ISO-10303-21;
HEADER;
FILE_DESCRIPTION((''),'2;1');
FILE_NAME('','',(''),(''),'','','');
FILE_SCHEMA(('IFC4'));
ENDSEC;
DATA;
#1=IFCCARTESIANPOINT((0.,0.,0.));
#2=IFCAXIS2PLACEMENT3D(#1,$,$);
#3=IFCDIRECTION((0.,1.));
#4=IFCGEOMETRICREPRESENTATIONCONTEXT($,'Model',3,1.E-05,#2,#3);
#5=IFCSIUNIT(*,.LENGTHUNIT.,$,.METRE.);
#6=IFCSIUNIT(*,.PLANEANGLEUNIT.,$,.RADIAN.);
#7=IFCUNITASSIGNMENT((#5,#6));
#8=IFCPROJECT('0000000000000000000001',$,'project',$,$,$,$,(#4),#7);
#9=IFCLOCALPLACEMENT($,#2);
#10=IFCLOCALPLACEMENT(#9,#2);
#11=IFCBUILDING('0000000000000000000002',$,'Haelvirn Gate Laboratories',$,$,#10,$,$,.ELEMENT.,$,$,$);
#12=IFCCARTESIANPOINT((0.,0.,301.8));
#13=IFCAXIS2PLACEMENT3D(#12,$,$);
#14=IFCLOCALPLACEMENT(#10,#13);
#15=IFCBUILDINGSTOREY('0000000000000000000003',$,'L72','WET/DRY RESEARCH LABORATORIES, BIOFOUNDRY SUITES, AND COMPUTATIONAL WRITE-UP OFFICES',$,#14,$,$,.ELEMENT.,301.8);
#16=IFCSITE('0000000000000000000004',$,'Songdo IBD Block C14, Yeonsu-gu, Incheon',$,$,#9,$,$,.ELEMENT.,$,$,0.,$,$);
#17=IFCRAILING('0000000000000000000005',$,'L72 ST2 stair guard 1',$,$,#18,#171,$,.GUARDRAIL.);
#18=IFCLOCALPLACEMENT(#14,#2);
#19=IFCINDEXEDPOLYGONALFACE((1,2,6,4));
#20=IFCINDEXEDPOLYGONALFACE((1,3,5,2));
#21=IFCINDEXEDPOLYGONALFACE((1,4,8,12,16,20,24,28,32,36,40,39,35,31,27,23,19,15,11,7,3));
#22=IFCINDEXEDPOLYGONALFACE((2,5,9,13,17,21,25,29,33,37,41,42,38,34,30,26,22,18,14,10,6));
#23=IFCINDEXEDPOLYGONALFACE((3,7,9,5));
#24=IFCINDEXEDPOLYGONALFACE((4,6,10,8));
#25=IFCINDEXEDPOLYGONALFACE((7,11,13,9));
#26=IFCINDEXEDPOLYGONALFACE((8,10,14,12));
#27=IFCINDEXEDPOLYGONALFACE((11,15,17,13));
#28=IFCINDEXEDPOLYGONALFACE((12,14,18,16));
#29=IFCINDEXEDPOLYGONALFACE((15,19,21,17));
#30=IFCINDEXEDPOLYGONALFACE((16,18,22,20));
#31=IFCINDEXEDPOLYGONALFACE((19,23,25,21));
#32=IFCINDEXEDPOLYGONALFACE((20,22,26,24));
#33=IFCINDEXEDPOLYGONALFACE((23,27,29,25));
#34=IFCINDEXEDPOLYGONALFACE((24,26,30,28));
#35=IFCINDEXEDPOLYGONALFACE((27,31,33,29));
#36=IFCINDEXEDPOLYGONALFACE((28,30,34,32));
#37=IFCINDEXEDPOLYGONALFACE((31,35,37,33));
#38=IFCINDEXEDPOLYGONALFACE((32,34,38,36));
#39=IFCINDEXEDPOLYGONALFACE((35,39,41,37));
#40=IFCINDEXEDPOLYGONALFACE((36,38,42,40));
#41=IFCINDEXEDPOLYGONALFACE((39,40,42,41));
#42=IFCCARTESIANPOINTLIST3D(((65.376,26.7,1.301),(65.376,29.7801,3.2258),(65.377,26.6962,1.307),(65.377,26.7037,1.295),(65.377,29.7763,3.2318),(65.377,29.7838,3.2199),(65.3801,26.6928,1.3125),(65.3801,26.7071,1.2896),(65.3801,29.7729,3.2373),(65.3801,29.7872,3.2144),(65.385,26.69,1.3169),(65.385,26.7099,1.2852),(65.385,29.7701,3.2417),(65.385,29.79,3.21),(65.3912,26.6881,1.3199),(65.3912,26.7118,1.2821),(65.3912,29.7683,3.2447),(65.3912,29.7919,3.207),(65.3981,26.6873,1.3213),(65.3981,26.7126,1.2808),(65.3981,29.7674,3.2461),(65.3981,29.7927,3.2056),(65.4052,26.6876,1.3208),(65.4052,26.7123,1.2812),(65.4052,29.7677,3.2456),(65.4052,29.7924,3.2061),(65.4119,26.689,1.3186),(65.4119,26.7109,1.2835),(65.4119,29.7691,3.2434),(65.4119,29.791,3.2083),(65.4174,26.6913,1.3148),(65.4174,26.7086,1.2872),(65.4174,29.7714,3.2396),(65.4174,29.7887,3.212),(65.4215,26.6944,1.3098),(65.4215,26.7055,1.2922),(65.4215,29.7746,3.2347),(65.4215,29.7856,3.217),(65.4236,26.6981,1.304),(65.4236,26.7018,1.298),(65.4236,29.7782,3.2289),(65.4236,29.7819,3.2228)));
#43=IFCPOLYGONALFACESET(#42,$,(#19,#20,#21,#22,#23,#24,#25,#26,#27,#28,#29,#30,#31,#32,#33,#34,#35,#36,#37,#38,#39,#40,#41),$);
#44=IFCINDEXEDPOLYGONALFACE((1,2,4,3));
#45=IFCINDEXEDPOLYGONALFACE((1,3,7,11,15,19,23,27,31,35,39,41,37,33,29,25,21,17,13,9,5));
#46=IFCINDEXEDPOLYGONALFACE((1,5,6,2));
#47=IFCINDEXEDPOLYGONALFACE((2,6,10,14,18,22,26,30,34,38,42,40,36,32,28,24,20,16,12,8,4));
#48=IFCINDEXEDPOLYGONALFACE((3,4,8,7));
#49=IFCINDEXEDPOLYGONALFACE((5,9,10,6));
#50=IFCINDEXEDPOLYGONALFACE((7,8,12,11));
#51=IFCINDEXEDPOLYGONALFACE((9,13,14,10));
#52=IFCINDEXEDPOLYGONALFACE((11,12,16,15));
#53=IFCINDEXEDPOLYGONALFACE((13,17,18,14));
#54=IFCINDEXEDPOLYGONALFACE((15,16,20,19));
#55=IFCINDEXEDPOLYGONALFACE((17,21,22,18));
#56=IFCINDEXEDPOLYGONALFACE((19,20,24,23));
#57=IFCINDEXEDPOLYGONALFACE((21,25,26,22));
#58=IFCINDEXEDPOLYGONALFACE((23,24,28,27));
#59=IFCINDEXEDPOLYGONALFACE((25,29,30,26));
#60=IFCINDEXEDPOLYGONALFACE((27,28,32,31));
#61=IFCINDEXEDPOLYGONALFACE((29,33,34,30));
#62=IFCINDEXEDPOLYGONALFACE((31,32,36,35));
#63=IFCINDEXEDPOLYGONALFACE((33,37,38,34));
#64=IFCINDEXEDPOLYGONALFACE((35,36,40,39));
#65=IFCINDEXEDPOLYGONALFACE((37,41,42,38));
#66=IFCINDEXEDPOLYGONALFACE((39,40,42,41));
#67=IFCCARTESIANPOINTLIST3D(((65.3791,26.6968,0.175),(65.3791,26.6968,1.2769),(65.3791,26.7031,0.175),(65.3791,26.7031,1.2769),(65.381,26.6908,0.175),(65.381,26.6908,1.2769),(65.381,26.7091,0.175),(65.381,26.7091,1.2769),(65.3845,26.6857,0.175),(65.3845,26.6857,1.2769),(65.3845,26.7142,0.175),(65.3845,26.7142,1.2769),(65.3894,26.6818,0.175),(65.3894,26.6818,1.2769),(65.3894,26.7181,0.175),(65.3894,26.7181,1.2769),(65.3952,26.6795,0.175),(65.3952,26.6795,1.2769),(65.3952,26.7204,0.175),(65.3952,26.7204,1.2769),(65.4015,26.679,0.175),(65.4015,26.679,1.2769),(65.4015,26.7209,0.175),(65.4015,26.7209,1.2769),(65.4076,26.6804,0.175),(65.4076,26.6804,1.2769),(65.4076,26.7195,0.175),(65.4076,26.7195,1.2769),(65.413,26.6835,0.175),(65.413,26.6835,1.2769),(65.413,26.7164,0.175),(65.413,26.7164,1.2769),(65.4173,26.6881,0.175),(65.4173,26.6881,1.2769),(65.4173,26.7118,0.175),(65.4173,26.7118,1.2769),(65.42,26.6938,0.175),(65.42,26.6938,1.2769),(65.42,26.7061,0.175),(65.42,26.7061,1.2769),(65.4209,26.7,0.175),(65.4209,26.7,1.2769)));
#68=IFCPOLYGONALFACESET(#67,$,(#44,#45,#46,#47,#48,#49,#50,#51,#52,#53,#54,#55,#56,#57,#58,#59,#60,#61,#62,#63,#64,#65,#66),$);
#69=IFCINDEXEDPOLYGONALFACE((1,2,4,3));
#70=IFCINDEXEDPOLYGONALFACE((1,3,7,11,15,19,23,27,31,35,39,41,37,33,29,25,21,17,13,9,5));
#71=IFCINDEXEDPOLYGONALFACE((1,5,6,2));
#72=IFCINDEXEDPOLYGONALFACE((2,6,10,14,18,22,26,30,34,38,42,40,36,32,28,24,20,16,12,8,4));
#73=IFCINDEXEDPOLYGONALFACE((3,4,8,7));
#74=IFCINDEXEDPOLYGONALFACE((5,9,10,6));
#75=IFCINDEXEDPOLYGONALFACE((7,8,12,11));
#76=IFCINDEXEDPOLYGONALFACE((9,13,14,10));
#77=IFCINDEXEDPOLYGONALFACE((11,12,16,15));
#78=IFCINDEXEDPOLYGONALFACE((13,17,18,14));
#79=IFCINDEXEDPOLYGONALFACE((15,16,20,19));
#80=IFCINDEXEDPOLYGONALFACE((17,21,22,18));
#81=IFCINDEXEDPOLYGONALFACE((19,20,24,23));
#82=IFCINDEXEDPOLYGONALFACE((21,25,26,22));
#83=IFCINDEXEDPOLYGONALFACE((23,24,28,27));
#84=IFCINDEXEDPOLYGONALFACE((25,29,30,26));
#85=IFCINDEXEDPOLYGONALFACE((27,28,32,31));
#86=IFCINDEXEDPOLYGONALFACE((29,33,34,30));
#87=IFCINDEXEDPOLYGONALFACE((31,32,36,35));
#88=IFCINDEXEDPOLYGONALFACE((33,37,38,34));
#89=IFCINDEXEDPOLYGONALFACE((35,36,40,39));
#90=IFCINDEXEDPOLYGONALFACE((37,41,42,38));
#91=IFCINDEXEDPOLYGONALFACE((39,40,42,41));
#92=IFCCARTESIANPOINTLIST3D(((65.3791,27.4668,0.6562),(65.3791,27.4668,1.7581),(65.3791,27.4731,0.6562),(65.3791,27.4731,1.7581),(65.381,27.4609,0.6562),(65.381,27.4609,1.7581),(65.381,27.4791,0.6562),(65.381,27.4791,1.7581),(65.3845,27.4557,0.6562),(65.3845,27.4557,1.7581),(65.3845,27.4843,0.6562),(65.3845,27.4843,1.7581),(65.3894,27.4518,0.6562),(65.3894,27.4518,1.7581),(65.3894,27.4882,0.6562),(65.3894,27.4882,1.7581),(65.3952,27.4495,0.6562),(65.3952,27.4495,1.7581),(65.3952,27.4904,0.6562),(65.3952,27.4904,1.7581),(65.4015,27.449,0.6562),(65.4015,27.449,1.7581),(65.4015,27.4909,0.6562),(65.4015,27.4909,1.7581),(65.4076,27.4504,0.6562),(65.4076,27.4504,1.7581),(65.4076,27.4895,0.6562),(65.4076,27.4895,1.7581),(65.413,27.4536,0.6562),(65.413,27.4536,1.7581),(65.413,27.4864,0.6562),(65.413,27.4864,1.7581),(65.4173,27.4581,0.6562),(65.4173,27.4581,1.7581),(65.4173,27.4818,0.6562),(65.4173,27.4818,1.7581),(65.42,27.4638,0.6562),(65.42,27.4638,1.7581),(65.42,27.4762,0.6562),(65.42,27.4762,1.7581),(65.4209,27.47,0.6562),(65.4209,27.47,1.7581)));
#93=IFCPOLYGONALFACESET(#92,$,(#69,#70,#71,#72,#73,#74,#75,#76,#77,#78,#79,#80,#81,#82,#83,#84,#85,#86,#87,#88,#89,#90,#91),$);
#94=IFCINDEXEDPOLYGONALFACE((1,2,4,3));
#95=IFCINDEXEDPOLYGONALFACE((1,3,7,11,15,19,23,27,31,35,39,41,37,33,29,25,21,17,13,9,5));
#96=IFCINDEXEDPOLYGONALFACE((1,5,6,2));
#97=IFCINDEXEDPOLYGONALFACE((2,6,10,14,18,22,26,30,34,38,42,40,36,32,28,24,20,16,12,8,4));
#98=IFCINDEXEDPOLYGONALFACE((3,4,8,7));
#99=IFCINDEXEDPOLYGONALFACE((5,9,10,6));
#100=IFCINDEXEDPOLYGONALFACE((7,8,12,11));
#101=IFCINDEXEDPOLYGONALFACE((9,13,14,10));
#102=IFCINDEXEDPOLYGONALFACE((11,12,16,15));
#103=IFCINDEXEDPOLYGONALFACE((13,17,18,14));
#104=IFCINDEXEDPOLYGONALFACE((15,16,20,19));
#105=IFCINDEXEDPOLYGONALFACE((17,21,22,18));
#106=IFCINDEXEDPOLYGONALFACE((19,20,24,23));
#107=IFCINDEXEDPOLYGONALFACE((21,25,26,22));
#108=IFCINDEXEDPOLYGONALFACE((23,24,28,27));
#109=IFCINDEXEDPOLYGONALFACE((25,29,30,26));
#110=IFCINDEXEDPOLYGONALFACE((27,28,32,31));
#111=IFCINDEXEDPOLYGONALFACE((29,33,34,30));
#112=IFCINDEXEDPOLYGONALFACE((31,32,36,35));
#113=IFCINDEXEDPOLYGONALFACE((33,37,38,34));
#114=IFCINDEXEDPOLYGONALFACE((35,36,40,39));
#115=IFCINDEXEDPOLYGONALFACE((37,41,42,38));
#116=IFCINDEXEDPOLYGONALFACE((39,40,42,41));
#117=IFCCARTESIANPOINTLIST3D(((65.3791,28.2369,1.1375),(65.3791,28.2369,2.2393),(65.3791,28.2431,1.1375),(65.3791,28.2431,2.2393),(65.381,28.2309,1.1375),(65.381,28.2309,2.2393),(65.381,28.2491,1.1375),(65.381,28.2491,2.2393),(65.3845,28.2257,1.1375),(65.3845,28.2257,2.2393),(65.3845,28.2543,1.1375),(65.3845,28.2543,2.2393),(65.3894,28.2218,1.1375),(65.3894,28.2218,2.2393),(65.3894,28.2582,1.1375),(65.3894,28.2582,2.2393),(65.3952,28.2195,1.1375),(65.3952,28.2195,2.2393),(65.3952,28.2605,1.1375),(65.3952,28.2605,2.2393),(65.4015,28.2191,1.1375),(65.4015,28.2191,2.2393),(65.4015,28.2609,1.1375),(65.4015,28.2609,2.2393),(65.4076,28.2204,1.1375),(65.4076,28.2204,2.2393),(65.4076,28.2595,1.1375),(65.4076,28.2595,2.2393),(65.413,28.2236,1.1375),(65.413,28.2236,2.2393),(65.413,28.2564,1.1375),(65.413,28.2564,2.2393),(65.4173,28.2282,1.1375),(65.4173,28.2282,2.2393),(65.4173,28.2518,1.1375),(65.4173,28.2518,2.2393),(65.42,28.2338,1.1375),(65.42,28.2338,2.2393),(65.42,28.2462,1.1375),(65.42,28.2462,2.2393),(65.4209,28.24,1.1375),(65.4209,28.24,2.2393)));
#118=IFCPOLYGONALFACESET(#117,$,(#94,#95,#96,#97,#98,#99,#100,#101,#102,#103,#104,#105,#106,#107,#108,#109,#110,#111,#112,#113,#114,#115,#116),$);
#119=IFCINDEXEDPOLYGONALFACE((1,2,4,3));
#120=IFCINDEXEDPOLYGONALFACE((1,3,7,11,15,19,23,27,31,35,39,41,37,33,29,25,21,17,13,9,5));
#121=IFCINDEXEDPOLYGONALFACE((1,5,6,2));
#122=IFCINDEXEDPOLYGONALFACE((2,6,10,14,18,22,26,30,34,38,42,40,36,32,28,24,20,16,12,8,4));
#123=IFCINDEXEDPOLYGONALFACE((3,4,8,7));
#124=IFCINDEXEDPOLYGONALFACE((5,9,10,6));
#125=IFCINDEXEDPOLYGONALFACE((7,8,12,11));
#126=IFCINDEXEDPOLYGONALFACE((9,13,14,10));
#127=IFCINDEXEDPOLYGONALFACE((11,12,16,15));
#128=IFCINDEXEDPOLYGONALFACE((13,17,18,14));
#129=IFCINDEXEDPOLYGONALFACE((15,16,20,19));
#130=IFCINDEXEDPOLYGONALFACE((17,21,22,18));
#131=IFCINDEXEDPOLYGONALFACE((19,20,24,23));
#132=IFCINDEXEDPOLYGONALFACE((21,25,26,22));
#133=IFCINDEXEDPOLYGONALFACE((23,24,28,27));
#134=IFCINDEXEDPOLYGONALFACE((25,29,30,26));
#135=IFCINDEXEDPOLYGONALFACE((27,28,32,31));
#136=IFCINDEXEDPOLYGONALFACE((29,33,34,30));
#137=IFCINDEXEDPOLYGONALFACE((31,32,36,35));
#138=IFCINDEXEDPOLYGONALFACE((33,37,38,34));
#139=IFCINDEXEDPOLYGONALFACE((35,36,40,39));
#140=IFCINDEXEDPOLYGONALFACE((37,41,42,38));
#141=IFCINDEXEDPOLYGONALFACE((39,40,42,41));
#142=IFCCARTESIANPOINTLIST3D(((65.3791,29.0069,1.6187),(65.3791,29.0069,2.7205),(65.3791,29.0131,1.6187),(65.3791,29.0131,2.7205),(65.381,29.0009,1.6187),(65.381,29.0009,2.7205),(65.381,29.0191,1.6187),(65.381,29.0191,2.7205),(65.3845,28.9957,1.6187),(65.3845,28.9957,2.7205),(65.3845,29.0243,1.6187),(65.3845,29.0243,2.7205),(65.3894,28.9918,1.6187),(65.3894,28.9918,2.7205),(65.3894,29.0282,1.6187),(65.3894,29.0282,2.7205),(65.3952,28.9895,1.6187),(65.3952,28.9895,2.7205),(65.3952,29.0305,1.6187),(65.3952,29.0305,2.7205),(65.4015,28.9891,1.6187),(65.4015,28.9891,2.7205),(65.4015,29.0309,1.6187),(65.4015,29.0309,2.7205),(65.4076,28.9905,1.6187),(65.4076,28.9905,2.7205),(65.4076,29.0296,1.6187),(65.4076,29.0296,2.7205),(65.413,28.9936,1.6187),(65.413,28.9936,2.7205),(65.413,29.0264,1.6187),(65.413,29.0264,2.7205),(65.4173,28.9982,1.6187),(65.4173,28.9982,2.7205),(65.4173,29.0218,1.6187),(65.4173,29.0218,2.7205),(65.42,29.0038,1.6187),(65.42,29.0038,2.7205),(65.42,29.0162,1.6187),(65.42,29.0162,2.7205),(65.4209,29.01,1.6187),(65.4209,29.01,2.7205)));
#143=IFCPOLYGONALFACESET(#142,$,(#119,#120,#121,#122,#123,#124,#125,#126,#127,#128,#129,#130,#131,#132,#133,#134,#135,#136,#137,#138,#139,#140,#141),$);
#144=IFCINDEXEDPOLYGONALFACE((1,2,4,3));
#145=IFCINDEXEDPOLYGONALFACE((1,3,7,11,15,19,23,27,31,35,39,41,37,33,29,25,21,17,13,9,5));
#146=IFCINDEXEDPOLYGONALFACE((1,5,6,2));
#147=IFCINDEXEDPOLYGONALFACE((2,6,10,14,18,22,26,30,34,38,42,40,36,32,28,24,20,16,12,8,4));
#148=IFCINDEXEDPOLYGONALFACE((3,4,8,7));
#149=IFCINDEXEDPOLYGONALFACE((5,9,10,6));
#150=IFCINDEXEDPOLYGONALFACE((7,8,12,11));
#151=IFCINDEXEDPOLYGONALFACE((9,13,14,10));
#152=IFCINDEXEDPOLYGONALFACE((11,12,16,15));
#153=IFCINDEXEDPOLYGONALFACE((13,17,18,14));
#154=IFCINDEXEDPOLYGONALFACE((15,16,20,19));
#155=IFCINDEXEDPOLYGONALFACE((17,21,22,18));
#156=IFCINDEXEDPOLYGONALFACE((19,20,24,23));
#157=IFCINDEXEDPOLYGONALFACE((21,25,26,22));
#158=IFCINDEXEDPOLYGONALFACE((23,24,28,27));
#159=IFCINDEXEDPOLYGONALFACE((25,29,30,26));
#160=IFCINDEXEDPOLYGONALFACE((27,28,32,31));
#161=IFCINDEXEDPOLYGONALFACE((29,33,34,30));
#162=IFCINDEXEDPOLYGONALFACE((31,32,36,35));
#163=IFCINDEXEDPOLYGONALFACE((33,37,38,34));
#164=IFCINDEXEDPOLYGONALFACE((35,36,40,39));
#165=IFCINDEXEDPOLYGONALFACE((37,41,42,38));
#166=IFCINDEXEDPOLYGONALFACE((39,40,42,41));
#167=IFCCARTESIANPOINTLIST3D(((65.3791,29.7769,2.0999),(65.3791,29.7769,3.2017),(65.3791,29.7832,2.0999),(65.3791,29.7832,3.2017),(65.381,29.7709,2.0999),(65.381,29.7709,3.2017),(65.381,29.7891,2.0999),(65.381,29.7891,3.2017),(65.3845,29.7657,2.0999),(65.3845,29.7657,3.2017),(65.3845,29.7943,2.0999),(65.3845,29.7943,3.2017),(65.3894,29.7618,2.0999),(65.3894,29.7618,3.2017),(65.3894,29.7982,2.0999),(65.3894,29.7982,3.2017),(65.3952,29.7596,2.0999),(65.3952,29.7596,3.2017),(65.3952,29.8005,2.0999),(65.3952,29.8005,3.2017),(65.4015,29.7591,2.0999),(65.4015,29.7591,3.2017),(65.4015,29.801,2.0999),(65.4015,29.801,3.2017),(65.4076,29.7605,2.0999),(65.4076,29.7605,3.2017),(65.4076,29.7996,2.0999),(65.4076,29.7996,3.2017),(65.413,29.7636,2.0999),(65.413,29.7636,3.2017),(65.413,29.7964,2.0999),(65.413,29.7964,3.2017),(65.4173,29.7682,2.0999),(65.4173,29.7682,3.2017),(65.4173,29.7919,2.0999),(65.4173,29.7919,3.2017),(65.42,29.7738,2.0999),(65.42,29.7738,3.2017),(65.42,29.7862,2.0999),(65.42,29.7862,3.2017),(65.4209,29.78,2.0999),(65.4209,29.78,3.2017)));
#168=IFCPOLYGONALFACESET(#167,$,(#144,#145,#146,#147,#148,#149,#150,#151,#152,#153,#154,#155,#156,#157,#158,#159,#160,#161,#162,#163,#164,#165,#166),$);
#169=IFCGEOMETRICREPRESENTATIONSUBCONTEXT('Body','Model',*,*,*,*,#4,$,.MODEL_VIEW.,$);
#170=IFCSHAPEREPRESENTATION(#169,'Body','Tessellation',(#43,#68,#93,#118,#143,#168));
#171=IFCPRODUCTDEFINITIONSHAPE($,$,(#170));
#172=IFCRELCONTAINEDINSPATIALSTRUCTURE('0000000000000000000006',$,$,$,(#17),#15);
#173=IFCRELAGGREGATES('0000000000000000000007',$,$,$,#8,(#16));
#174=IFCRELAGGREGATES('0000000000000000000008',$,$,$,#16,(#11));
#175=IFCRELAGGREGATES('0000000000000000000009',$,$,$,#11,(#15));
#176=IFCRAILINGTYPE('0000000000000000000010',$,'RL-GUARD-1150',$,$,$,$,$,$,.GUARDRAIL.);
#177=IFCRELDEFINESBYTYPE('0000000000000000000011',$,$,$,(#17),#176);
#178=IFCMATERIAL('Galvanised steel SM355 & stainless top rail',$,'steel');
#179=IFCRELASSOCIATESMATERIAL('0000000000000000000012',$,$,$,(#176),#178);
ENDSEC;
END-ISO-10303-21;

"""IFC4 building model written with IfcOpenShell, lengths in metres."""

from ifc_helpers import new_model, si_unit, direction, frame, origin, origin_2d, place, context, subcontext, project, spatial, circle, extrude, source, transform, mapped, material, type_object, element, save


model = new_model("IFC4")

# Units and contexts
model_context = context("Model", 3, precision=1e-05, world=origin(), true_north=direction((0.0, 1.0)))
body_context = subcontext(model_context, "Body", "Model", "MODEL_VIEW")
ifc_project = project(units=[si_unit("LENGTHUNIT", "METRE"), si_unit("PLANEANGLEUNIT", "RADIAN")], contexts=[model_context])

# Site, building, storey
site_placement = place(None, origin())
site = spatial("IfcSite", under=ifc_project, at=site_placement, Name="Songdo IBD Block C14, Yeonsu-gu, Incheon", CompositionType="ELEMENT", RefElevation=0.0)
building_placement = place(site_placement, origin())
building = spatial("IfcBuilding", under=site, at=building_placement, Name="Haelvirn Gate Laboratories", CompositionType="ELEMENT")
storey_placement = place(building_placement, frame((0.0, 0.0, 301.8)))
storey = spatial("IfcBuildingStorey", under=building, at=storey_placement, Name="L72", Description="WET/DRY RESEARCH LABORATORIES, BIOFOUNDRY SUITES, AND COMPUTATIONAL WRITE-UP OFFICES", CompositionType="ELEMENT", Elevation=301.8)

# Railing
ifc_material_1 = material(Name="Galvanised steel SM355 & stainless top rail", Category="steel")
railing_type_1 = type_object("IfcRailingType", Name="RL-GUARD-1150", PredefinedType="GUARDRAIL", material=ifc_material_1)
shared_shape_1 = source(origin(), body_context, "Body", "SweptSolid", [
    extrude(circle(Radius=0.0239, at=origin_2d()), frame((0.0, 0.0, 1.126), z_axis=(0.0, 0.848029, 0.529951), x_axis=(-1.0, 0.0, 0.0)), (0.0, 0.0, 1.0), 3.6321),
    extrude(circle(Radius=0.021, at=origin_2d()), origin(), (0.0, 0.0, 1.0), 1.1018),
    extrude(circle(Radius=0.021, at=origin_2d()), frame((0.0, 0.77, 0.4812)), (0.0, 0.0, 1.0), 1.1018),
    extrude(circle(Radius=0.021, at=origin_2d()), frame((0.0, 1.54, 0.9624)), (0.0, 0.0, 1.0), 1.1018),
    extrude(circle(Radius=0.021, at=origin_2d()), frame((0.0, 2.3101, 1.4436)), (0.0, 0.0, 1.0), 1.1018),
    extrude(circle(Radius=0.021, at=origin_2d()), frame((0.0, 3.0801, 1.9248)), (0.0, 0.0, 1.0), 1.1018),
])
railing_1_placement = place(storey_placement, frame((65.3999, 26.7, 0.175)))
element("IfcRailing", 1, at=railing_1_placement, inside=storey, type_object=railing_type_1, Name="L72 ST2 stair guard 1", PredefinedType="GUARDRAIL", context=body_context, shape_type="MappedRepresentation", body=[
    mapped(shared_shape_1, transform((0.0, 0.0, 0.0), scale=1.0)),
])

save(model, "model.ifc")
